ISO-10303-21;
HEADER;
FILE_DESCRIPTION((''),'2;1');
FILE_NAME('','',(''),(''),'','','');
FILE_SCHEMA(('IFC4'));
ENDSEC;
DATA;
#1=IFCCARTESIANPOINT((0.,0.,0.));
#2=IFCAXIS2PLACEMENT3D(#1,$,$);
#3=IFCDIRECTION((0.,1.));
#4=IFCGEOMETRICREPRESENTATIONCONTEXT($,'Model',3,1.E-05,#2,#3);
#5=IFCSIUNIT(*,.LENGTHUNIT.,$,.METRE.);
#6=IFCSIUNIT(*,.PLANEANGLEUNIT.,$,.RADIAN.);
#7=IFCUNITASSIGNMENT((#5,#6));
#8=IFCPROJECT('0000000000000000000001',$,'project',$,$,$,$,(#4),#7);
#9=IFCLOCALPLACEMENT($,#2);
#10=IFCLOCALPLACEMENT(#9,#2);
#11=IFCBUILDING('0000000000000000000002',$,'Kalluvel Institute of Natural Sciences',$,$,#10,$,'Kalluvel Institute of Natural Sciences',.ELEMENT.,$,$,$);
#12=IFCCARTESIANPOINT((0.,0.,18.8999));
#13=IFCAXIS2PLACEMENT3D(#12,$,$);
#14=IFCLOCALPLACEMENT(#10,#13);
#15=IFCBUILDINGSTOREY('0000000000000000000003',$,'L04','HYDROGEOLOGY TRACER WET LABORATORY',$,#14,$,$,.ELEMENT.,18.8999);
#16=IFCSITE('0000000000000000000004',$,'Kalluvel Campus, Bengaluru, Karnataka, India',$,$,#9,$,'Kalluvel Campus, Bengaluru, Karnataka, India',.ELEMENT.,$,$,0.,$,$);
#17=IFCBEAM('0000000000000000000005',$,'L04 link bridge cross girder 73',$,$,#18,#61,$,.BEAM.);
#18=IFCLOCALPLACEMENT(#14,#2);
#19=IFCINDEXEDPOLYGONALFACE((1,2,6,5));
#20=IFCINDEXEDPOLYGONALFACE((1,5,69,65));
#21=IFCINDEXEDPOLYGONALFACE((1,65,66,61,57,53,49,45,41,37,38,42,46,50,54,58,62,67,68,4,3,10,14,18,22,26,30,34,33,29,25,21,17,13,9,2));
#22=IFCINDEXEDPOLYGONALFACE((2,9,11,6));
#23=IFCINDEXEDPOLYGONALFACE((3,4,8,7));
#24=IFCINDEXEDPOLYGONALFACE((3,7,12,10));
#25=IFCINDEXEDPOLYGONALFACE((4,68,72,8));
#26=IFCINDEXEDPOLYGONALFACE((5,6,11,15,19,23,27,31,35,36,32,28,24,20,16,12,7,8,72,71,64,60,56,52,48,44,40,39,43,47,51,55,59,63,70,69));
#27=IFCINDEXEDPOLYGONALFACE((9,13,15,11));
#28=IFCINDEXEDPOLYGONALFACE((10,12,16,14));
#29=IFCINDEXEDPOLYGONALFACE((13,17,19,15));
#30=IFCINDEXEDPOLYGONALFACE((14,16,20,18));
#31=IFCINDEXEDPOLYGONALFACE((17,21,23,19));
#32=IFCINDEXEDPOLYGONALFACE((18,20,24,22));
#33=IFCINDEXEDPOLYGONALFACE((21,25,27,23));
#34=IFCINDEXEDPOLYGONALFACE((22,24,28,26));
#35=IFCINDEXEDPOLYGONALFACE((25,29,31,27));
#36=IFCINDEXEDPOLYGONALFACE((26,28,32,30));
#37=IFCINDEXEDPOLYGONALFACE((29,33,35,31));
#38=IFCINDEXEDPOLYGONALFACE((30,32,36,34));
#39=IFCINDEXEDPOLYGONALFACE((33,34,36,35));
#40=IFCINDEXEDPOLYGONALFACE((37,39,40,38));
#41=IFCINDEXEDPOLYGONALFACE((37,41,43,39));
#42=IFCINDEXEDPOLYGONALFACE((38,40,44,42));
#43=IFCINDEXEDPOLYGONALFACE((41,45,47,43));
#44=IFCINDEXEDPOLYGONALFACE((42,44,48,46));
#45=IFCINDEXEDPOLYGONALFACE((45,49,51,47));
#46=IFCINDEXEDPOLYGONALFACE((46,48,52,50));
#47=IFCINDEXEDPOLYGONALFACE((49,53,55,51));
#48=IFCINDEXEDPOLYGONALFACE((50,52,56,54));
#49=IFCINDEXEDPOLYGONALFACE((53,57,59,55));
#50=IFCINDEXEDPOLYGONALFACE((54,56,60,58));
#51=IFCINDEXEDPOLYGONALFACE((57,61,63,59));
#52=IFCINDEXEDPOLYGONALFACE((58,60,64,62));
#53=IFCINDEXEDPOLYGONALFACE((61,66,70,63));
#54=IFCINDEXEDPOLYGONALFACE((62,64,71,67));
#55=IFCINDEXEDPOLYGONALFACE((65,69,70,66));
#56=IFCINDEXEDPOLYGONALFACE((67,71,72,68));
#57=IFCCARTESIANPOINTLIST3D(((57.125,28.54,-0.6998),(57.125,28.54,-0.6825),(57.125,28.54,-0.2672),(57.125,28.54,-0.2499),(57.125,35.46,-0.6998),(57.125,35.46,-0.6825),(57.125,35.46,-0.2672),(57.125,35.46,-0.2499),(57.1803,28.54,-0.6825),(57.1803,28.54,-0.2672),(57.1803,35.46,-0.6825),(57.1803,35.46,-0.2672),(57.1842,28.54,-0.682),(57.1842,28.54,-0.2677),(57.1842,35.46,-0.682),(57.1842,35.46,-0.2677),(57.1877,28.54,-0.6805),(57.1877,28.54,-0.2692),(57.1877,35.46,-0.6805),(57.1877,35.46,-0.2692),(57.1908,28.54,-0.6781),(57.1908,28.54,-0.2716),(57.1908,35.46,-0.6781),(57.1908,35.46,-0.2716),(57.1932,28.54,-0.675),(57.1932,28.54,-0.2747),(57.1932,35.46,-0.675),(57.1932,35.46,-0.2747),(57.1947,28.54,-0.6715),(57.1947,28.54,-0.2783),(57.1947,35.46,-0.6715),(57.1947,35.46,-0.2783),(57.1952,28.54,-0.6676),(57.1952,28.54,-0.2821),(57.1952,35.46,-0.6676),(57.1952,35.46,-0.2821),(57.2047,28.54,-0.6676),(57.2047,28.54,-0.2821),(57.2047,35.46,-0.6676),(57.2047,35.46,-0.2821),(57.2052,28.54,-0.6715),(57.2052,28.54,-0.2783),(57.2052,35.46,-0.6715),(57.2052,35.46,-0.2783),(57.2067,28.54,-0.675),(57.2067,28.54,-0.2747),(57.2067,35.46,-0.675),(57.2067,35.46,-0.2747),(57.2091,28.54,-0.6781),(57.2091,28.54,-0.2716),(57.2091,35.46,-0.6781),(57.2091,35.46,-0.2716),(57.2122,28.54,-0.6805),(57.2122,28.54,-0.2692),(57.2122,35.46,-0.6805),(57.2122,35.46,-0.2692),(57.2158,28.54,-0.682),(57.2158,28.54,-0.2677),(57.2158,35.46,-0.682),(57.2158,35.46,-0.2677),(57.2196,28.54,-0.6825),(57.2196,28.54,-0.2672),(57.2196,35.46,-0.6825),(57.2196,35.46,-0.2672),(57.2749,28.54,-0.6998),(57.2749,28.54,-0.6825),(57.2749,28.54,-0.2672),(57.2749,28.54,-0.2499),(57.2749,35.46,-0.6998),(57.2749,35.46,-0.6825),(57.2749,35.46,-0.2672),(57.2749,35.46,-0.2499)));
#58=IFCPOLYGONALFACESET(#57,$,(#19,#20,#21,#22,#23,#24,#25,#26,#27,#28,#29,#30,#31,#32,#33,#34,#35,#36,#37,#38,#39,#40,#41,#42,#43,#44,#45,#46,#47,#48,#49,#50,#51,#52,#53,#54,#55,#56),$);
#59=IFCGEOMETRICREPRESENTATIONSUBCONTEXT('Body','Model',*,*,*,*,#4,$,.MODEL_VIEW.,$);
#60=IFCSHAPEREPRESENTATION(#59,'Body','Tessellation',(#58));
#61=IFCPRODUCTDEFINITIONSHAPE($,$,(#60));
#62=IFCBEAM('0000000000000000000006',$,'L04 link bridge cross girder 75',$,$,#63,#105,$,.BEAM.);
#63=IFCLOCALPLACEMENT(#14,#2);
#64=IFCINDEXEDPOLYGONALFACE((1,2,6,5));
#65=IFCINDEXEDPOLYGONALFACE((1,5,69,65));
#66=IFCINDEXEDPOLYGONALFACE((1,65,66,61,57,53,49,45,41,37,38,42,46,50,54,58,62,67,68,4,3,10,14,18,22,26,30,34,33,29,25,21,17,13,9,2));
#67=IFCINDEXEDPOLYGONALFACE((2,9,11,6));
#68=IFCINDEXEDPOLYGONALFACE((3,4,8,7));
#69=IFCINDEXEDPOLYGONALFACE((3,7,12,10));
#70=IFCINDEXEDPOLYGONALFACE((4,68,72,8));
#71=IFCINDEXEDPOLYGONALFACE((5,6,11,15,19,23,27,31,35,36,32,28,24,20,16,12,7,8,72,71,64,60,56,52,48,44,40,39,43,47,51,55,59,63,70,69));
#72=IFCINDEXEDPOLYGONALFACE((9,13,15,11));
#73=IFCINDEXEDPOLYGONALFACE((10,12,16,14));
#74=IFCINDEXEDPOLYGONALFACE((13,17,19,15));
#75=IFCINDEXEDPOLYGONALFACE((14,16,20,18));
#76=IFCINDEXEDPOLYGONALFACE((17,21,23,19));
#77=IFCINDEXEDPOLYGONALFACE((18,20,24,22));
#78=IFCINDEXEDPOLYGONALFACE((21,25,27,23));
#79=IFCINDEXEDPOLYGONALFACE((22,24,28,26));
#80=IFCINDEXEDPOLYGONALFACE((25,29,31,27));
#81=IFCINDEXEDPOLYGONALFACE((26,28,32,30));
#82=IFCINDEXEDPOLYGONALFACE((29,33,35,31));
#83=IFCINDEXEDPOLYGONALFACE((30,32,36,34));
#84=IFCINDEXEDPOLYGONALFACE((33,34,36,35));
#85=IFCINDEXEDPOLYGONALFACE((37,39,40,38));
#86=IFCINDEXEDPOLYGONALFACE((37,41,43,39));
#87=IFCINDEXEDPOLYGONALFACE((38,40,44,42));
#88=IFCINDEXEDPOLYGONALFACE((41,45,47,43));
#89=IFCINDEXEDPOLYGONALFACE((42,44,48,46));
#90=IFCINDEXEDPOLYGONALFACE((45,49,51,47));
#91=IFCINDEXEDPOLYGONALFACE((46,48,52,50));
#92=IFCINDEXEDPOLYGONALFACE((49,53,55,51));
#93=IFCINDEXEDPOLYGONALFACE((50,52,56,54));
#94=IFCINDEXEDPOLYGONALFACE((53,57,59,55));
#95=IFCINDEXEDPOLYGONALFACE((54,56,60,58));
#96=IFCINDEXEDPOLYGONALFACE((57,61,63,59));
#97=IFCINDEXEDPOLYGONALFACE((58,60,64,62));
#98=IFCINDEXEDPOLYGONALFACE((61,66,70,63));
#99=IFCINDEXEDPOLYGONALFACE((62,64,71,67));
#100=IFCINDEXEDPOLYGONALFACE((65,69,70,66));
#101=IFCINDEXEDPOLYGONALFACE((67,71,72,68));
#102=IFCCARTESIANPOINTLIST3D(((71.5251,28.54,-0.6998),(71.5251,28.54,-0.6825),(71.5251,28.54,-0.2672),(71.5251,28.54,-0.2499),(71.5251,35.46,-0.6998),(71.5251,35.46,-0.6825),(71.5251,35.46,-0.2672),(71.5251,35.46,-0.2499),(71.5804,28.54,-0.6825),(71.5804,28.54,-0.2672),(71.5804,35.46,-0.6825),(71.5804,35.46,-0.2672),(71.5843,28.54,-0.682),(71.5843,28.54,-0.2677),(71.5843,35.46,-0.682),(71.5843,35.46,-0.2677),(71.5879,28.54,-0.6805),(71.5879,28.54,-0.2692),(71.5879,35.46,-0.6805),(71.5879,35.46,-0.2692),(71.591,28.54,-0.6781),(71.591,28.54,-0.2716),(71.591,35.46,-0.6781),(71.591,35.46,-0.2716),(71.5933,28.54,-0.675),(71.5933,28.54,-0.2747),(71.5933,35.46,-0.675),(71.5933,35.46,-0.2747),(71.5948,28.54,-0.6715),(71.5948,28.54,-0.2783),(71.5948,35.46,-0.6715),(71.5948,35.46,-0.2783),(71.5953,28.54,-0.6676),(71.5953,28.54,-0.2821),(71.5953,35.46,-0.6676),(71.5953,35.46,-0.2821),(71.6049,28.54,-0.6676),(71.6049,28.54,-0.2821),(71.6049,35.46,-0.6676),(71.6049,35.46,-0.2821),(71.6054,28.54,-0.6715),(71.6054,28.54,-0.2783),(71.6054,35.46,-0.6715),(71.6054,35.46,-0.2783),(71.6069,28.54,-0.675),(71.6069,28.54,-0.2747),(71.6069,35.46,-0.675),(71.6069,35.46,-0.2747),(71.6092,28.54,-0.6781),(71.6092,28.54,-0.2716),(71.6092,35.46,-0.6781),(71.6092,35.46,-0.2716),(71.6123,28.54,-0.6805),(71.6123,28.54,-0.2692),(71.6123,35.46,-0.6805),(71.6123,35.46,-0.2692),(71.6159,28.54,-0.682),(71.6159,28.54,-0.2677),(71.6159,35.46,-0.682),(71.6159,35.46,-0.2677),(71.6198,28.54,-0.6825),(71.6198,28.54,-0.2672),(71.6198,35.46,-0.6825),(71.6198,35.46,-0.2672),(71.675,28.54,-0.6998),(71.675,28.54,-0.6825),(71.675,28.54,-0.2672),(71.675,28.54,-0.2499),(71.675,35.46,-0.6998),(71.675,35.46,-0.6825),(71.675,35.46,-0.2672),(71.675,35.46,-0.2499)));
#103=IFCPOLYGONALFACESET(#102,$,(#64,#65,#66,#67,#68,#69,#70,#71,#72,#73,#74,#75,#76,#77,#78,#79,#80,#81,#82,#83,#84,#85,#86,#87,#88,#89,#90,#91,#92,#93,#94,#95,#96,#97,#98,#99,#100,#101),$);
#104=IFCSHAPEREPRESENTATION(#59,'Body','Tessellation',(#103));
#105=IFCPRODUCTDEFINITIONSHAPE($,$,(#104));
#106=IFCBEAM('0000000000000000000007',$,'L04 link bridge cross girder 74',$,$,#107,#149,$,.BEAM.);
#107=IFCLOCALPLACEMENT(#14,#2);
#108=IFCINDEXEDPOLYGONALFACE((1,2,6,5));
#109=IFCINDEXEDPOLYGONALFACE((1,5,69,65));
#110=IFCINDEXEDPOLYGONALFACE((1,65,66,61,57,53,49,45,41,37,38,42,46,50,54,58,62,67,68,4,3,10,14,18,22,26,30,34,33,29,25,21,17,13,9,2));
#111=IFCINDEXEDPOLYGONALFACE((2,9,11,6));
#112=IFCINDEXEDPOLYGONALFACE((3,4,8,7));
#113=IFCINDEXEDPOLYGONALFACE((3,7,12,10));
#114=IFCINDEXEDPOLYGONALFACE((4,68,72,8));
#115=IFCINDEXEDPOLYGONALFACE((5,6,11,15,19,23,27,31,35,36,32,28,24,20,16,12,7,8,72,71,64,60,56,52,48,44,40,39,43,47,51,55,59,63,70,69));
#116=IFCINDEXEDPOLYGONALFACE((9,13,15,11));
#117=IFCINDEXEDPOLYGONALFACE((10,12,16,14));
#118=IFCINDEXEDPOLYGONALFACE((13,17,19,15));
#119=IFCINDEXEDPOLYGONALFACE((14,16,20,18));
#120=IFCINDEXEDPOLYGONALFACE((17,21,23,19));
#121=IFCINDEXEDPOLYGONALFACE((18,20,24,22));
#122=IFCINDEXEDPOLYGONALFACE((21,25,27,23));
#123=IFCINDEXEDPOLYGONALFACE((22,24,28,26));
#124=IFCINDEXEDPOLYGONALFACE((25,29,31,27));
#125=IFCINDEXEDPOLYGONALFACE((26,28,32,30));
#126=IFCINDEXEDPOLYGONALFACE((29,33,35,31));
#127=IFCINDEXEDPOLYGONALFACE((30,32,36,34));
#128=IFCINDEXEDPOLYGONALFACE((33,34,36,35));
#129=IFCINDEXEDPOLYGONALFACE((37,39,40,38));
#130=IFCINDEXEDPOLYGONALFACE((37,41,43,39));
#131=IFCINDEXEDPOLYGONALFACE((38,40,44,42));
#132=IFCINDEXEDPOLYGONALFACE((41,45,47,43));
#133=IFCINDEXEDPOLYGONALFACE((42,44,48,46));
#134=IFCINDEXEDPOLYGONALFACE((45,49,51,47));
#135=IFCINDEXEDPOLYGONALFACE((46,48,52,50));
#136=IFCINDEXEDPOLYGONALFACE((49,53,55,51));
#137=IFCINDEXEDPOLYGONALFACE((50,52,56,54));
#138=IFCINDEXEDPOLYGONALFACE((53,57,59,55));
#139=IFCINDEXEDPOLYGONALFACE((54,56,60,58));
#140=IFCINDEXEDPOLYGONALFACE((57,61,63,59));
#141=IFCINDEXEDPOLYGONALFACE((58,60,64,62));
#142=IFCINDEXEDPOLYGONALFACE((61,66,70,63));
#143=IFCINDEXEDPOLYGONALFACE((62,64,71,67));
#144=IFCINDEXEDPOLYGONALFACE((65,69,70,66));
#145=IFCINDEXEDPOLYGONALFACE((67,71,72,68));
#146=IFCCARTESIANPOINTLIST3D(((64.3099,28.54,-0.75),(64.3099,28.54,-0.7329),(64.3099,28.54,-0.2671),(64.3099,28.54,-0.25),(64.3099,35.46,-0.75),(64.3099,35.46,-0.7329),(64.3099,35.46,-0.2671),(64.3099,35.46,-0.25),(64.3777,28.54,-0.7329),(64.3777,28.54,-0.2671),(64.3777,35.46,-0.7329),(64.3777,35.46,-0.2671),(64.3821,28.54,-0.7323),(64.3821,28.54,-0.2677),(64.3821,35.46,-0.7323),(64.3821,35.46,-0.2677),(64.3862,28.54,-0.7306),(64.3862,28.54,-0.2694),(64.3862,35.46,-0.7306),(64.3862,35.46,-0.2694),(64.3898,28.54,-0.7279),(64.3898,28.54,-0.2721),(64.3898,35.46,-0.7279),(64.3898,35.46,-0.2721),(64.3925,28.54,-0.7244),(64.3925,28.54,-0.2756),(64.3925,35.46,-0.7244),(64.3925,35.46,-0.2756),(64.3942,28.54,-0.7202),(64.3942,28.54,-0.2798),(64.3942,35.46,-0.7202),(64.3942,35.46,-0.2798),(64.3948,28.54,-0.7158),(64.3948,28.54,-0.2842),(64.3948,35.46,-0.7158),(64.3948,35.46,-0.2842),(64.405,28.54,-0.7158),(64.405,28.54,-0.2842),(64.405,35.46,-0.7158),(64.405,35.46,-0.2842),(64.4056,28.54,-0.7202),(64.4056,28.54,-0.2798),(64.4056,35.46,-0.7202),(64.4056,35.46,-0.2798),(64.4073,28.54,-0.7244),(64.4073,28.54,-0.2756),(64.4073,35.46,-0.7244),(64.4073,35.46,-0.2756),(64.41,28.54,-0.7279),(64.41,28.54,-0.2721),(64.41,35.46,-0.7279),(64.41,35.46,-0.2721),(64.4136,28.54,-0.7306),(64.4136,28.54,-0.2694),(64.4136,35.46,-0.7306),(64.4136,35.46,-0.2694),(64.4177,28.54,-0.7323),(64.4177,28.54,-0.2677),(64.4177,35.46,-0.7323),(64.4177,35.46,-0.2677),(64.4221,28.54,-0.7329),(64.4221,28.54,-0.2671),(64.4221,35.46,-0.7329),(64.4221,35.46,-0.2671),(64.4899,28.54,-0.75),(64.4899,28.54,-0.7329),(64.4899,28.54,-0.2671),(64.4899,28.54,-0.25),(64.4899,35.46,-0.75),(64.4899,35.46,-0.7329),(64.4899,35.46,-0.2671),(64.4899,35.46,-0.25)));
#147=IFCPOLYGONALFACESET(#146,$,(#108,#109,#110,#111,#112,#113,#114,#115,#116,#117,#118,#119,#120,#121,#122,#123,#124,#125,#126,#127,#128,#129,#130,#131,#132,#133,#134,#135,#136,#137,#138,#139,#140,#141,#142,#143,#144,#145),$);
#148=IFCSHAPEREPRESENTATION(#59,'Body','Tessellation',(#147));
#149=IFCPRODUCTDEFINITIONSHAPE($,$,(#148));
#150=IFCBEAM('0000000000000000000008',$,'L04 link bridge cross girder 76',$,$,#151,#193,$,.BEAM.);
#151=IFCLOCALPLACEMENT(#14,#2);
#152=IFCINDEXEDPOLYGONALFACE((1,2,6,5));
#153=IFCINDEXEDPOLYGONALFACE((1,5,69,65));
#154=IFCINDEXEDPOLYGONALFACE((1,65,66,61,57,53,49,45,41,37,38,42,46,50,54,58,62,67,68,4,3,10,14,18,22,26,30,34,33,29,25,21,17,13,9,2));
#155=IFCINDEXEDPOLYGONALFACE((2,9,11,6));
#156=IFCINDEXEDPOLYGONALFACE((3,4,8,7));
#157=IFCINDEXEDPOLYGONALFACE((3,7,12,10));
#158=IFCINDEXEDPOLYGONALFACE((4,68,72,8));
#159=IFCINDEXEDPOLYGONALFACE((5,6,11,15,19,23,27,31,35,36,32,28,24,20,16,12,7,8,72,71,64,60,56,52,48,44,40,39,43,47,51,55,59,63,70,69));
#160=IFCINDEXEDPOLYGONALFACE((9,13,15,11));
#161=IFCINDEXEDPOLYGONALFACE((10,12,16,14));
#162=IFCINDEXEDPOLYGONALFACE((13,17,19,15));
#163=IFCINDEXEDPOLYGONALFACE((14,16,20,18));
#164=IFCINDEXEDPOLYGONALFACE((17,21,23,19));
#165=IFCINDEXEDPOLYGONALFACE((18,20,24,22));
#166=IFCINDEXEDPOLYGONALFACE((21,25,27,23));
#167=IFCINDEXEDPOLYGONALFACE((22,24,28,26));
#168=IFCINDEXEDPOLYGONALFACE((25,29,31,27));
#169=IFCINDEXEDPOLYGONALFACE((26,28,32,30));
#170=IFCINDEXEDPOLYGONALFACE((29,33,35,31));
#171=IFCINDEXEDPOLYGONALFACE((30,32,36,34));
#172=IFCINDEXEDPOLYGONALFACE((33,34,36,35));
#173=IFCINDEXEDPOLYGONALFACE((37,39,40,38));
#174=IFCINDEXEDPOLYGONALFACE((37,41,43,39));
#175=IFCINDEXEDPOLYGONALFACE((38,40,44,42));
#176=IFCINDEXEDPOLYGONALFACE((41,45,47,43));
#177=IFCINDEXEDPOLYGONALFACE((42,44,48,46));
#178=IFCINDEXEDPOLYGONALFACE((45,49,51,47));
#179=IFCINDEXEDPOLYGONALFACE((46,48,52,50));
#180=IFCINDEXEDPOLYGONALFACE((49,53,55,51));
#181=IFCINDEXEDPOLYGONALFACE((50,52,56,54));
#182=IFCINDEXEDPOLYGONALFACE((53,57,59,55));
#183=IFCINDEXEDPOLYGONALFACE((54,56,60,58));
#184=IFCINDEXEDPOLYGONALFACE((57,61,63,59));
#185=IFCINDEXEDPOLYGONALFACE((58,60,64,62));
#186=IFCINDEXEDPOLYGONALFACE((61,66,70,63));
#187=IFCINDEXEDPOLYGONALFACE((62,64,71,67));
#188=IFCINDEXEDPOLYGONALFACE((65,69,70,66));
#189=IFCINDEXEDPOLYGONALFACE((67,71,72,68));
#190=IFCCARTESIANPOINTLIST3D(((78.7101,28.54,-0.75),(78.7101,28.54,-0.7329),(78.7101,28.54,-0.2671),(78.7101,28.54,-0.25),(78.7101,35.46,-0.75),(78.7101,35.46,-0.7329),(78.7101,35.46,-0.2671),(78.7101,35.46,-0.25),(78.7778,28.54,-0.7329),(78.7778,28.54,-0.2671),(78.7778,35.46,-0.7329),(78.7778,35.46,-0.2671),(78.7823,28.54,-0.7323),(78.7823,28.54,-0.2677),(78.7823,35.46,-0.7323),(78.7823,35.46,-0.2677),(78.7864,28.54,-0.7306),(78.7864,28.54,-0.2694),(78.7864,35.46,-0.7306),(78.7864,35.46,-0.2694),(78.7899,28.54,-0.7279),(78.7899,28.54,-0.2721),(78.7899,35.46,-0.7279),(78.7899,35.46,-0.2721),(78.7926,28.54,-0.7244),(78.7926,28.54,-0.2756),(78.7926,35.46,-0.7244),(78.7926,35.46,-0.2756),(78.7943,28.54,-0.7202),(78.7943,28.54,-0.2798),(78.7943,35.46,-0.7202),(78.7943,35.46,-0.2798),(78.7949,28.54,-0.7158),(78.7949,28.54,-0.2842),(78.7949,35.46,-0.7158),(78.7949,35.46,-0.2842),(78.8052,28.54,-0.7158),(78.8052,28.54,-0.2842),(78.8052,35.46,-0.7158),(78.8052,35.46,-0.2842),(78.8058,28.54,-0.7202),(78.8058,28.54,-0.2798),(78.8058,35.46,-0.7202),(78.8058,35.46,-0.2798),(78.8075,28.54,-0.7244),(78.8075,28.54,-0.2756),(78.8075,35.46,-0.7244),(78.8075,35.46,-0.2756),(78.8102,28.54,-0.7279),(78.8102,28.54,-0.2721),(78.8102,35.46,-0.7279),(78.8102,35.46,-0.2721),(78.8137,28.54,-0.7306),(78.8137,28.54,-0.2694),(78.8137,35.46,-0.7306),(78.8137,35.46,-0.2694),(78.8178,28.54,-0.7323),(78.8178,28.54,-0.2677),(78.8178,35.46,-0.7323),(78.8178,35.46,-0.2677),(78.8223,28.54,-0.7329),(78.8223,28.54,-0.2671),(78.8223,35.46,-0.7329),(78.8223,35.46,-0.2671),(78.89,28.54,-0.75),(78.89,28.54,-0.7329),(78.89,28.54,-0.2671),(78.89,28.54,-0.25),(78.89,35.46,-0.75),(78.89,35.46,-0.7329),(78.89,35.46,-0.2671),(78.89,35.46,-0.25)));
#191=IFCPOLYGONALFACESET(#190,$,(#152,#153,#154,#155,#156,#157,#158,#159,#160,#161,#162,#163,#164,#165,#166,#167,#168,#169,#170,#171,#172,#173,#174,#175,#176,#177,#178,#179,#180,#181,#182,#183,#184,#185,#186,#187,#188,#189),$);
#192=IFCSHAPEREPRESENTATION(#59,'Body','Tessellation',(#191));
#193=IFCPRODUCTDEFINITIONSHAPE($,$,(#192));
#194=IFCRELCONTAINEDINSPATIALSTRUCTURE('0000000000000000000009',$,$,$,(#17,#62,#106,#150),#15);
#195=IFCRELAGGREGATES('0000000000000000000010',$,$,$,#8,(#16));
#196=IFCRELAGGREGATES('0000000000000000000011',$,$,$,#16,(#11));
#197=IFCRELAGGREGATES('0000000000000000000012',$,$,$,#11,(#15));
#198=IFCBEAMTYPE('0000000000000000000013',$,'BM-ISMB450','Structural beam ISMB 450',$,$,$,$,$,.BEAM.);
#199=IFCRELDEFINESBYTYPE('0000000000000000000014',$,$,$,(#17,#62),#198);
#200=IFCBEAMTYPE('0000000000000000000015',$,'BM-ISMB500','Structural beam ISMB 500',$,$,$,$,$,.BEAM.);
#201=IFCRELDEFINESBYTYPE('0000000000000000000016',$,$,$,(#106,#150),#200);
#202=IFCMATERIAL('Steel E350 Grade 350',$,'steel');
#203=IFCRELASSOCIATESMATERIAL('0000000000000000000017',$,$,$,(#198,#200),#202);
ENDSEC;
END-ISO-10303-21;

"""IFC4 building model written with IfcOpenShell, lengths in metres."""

from ifc_helpers import new_model, si_unit, direction, frame, origin, origin_2d, place, context, subcontext, project, spatial, i_section, extrude, material, material_profile, profile_set, type_object, element, save


model = new_model("IFC4")

# Units and contexts
model_context = context("Model", 3, precision=1e-05, world=origin(), true_north=direction((0.0, 1.0)))
body_context = subcontext(model_context, "Body", "Model", "MODEL_VIEW")
ifc_project = project(units=[si_unit("LENGTHUNIT", "METRE"), si_unit("PLANEANGLEUNIT", "RADIAN")], contexts=[model_context])

# Site, building, storey
site_placement = place(None, origin())
site = spatial("IfcSite", under=ifc_project, at=site_placement, Name="Kalluvel Campus, Bengaluru, Karnataka, India", LongName="Kalluvel Campus, Bengaluru, Karnataka, India", CompositionType="ELEMENT", RefElevation=0.0)
building_placement = place(site_placement, origin())
building = spatial("IfcBuilding", under=site, at=building_placement, Name="Kalluvel Institute of Natural Sciences", LongName="Kalluvel Institute of Natural Sciences", CompositionType="ELEMENT")
storey_placement = place(building_placement, frame((0.0, 0.0, 18.8999)))
storey = spatial("IfcBuildingStorey", under=building, at=storey_placement, Name="L04", Description="HYDROGEOLOGY TRACER WET LABORATORY", CompositionType="ELEMENT", Elevation=18.8999)

# Beams
ifc_material_1 = material(Name="Steel E350 Grade 350", Category="steel")
ifc_material_profile_1 = material_profile(ifc_material_1, i_section(OverallWidth=0.1499, OverallDepth=0.45, WebThickness=0.0095, FlangeThickness=0.0173, FilletRadius=0.0149, at=origin_2d()), Name="ISMB 450")
ifc_profile_set_1 = profile_set([ifc_material_profile_1], Name="Steel E350 Grade 350")
beam_type_1 = type_object("IfcBeamType", Name="BM-ISMB450", Description="Structural beam ISMB 450", PredefinedType="BEAM", material=ifc_profile_set_1)
for number, where, z_axis, x_axis, name in (
    (1, (57.2, 28.54, -0.4749), (0.0, 1.0, 0.0), (-1.0, 0.0, 0.0), "L04 link bridge cross girder 73"),
    (2, (71.6001, 28.54, -0.4749), (0.0, 1.0, 0.0), (-1.0, 0.0, 0.0), "L04 link bridge cross girder 75"),
):
    element("IfcBeam", number, at=place(storey_placement, frame(where, z_axis=z_axis, x_axis=x_axis)), inside=storey, type_object=beam_type_1, Name=name, PredefinedType="BEAM", context=body_context, shape_type="SweptSolid", body=[
        extrude(i_section(OverallWidth=0.1499, OverallDepth=0.45, WebThickness=0.0095, FlangeThickness=0.0173, FilletRadius=0.0149, at=origin_2d()), origin(), (0.0, 0.0, 1.0), 6.9199),
    ])
ifc_material_profile_2 = material_profile(ifc_material_1, i_section(OverallWidth=0.1799, OverallDepth=0.5, WebThickness=0.0103, FlangeThickness=0.0171, FilletRadius=0.0171, at=origin_2d()), Name="ISMB 500")
ifc_profile_set_2 = profile_set([ifc_material_profile_2], Name="Steel E350 Grade 350")
beam_type_2 = type_object("IfcBeamType", Name="BM-ISMB500", Description="Structural beam ISMB 500", PredefinedType="BEAM", material=ifc_profile_set_2)
for number, where, z_axis, x_axis, name in (
    (3, (64.3999, 28.54, -0.5), (0.0, 1.0, 0.0), (-1.0, 0.0, 0.0), "L04 link bridge cross girder 74"),
    (4, (78.8, 28.54, -0.5), (0.0, 1.0, 0.0), (-1.0, 0.0, 0.0), "L04 link bridge cross girder 76"),
):
    element("IfcBeam", number, at=place(storey_placement, frame(where, z_axis=z_axis, x_axis=x_axis)), inside=storey, type_object=beam_type_2, Name=name, PredefinedType="BEAM", context=body_context, shape_type="SweptSolid", body=[
        extrude(i_section(OverallWidth=0.1799, OverallDepth=0.5, WebThickness=0.0103, FlangeThickness=0.0171, FilletRadius=0.0171, at=origin_2d()), origin(), (0.0, 0.0, 1.0), 6.9199),
    ])

save(model, "model.ifc")
